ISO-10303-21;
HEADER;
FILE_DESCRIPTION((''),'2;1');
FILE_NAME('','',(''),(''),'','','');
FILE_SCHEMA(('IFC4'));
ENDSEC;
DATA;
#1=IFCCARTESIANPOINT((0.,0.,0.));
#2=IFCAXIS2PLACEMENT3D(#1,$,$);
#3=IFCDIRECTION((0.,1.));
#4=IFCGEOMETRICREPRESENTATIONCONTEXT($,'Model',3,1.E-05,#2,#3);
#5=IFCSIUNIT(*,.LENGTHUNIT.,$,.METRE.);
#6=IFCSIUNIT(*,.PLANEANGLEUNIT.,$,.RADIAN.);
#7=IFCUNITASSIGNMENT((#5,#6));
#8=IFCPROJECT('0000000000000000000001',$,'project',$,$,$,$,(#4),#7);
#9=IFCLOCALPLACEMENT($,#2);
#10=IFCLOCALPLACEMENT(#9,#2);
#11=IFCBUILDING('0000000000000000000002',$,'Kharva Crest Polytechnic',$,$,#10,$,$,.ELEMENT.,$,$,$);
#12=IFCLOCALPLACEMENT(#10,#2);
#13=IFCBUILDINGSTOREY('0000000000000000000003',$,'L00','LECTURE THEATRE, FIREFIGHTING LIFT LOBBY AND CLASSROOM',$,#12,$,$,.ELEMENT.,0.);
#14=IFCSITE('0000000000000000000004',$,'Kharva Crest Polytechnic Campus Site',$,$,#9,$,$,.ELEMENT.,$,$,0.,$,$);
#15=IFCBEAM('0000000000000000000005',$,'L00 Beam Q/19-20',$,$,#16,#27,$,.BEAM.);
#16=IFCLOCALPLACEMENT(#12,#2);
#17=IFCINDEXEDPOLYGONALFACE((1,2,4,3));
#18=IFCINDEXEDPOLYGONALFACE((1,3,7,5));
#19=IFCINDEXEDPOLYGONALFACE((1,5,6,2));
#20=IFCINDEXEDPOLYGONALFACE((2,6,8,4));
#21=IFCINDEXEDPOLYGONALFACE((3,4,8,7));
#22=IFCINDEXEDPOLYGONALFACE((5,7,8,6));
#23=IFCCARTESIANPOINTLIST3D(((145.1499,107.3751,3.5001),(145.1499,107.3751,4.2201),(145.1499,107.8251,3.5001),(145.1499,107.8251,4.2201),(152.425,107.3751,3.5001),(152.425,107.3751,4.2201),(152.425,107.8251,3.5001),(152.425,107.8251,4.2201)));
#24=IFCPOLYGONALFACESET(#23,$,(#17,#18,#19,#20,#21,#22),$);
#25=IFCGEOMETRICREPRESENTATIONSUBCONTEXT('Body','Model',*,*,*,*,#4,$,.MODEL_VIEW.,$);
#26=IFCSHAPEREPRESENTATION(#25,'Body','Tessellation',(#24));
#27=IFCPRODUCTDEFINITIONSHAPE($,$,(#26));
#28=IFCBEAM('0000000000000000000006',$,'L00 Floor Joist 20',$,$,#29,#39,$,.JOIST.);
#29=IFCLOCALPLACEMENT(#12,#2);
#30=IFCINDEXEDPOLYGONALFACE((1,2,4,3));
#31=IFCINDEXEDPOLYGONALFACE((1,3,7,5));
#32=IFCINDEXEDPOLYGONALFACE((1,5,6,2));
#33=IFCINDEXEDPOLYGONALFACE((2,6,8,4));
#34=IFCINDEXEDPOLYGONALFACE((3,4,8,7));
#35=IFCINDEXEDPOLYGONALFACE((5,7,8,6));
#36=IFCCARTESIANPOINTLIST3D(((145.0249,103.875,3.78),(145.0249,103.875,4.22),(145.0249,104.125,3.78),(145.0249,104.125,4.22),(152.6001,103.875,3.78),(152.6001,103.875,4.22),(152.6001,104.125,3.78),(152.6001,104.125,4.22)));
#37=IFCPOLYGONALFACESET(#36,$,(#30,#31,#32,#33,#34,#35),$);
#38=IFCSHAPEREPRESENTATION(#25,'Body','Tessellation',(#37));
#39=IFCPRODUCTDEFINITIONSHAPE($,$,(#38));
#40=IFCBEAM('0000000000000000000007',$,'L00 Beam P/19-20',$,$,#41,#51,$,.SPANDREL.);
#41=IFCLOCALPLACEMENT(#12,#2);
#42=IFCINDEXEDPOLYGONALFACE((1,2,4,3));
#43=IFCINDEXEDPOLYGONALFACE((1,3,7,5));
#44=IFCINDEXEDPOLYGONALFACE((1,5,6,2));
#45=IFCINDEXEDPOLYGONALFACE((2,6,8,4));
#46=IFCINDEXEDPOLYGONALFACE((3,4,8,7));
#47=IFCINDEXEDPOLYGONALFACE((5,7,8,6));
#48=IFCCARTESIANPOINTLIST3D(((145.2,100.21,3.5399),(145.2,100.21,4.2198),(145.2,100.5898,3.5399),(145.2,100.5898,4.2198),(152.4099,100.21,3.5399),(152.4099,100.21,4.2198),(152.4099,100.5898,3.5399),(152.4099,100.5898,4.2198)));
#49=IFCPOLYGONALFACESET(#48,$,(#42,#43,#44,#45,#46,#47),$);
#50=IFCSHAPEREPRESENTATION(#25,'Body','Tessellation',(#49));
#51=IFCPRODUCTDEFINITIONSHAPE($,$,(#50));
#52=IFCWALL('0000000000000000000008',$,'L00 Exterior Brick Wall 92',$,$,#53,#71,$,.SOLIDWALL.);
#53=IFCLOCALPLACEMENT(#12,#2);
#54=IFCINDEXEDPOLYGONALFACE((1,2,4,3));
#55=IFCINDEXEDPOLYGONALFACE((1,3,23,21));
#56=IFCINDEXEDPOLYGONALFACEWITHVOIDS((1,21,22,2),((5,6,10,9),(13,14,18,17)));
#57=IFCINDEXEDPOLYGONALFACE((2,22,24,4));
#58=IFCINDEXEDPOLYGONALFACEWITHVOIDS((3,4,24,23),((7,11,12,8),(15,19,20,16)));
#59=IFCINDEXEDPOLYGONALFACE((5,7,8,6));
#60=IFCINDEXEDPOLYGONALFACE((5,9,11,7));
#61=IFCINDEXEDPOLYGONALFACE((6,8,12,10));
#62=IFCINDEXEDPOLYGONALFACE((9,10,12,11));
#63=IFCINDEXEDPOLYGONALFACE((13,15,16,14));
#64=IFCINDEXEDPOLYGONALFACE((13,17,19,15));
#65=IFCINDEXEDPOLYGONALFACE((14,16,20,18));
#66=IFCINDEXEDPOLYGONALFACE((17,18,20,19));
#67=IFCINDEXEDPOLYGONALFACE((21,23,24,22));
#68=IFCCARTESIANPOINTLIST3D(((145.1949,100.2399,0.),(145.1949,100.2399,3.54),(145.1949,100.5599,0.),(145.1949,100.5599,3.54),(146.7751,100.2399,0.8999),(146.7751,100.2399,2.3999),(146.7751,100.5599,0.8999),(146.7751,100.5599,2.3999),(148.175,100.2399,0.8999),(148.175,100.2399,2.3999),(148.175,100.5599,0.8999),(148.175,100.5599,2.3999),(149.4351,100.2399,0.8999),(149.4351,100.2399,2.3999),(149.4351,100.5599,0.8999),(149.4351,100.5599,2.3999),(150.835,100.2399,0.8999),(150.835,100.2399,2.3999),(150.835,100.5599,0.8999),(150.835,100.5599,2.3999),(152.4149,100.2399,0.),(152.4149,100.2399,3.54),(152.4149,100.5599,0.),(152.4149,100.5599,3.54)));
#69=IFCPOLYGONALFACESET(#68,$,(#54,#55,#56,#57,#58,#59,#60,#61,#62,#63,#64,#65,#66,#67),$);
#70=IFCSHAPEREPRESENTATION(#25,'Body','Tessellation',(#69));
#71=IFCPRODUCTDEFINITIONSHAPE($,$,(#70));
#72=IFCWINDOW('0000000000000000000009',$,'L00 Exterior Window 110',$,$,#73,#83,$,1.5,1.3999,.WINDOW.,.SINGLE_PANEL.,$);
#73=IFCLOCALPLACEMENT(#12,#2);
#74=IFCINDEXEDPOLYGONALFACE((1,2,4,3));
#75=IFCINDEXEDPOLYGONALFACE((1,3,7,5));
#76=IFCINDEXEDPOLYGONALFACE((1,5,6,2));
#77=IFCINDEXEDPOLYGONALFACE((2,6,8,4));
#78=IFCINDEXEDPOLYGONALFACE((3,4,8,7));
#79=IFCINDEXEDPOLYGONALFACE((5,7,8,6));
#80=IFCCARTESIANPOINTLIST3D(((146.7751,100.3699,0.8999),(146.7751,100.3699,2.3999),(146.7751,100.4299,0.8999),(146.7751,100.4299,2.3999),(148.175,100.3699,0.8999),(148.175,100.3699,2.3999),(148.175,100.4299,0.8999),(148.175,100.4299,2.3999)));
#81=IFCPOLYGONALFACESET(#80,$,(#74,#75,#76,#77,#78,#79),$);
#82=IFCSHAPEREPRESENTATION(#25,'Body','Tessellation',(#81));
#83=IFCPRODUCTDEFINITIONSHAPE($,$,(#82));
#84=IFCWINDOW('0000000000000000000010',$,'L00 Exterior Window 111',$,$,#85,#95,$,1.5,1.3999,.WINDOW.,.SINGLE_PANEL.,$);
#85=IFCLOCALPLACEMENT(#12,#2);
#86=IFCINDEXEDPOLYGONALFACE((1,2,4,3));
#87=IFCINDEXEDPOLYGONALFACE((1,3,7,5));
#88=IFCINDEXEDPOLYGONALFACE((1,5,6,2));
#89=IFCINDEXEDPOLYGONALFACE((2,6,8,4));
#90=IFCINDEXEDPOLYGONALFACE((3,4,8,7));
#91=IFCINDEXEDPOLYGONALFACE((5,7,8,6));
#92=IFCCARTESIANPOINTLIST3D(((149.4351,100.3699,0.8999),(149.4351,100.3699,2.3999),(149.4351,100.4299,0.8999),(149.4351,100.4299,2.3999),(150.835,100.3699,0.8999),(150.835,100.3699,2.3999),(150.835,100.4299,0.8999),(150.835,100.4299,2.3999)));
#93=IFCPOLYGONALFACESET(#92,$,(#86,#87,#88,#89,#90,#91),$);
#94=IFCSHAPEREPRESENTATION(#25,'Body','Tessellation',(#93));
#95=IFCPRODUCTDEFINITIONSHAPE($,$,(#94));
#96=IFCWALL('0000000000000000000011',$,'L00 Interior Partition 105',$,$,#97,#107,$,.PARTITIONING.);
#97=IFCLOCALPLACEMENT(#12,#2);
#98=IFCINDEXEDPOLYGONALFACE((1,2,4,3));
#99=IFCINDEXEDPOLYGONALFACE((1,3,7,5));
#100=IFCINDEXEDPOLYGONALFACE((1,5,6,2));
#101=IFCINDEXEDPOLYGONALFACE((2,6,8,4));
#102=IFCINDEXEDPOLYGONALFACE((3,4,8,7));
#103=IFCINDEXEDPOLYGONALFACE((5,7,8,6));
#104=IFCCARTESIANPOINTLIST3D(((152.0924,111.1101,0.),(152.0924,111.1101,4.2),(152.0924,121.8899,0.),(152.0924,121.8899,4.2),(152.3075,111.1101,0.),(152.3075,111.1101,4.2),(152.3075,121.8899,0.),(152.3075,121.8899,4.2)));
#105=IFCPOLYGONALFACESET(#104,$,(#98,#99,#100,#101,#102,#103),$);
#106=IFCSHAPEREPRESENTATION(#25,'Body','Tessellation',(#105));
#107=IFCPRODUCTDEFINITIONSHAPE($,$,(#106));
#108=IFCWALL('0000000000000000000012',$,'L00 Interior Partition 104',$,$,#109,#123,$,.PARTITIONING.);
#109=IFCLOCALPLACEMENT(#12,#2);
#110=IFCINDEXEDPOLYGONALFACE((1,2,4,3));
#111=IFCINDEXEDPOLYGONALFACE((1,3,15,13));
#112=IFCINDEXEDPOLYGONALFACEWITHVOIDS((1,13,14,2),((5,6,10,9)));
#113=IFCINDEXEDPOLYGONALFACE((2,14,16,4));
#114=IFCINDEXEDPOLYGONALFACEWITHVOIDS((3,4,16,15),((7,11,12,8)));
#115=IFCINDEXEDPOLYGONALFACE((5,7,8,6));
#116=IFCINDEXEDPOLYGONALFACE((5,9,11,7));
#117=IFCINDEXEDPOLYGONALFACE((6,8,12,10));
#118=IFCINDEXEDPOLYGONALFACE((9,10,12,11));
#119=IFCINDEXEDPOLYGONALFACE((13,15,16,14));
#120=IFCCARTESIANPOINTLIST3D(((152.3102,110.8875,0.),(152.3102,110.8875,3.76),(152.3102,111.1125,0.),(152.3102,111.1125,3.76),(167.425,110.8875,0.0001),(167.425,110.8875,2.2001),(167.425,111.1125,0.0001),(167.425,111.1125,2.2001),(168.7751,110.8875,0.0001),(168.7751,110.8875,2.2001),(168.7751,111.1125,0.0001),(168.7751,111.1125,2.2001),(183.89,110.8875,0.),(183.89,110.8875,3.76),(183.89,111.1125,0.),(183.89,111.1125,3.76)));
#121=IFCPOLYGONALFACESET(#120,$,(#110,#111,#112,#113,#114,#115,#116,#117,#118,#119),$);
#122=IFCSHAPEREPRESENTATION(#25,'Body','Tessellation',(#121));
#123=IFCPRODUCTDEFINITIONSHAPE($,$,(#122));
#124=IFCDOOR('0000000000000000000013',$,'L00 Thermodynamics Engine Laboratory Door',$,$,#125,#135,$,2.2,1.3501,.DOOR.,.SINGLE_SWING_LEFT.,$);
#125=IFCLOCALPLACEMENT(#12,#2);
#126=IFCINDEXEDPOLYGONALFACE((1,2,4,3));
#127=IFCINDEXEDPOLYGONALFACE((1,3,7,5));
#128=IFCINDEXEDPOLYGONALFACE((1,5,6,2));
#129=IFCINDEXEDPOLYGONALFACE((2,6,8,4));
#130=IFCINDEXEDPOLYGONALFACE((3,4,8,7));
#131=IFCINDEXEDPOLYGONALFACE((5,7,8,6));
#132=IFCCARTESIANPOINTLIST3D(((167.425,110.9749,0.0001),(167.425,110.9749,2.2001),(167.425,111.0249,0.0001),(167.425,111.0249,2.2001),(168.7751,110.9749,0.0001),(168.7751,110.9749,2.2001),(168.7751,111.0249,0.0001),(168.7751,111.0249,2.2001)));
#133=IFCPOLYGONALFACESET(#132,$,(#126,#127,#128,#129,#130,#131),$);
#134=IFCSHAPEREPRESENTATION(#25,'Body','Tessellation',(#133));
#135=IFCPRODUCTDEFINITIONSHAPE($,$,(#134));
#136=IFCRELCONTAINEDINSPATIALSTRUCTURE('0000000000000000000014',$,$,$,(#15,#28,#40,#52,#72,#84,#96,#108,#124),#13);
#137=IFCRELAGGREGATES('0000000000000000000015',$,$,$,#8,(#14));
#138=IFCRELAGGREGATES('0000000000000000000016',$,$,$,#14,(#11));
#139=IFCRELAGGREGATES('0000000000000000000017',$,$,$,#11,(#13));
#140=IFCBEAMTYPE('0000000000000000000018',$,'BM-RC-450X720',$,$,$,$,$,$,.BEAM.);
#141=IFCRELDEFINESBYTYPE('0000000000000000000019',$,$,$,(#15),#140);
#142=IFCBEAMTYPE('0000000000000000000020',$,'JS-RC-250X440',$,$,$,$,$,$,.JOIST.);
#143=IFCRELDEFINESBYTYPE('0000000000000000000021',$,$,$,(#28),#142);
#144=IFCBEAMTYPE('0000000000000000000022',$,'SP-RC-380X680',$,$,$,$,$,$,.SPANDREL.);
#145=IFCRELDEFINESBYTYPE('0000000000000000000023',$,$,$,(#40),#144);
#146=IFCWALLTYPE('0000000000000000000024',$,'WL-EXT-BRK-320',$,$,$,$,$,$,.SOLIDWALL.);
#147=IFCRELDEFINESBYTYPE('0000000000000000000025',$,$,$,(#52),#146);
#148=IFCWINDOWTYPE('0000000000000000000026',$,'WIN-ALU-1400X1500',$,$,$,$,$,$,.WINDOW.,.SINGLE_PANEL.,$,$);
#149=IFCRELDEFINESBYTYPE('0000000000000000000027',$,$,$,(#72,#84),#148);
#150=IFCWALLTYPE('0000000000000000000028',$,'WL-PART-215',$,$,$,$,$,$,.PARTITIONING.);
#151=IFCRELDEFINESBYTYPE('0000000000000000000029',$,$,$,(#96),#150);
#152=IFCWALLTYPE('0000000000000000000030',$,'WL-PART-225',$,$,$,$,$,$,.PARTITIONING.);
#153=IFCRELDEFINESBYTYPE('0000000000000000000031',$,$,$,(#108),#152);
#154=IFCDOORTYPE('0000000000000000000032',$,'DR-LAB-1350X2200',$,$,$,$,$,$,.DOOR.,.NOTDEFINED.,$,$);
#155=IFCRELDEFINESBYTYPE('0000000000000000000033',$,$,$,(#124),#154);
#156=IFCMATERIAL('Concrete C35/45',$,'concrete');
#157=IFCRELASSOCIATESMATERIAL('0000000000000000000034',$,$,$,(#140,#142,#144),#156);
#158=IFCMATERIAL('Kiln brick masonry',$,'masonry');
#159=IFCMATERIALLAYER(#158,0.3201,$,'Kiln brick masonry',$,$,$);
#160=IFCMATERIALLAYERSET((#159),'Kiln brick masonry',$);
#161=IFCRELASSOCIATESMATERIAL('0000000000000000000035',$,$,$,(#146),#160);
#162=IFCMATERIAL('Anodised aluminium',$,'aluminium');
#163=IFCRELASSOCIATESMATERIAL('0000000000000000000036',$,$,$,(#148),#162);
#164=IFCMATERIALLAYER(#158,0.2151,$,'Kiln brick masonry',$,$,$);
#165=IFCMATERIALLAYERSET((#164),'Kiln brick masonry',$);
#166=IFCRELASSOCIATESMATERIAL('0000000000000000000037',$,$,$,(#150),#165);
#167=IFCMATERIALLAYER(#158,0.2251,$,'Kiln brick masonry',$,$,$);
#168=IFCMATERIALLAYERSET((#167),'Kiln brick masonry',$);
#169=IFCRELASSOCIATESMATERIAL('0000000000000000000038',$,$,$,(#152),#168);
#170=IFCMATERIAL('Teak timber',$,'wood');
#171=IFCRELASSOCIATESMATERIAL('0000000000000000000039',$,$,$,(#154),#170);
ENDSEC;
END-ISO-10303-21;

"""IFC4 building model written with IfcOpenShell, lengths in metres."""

from ifc_helpers import new_model, si_unit, direction, frame, frame_2d, origin, origin_2d, place, context, subcontext, project, spatial, rectangle, extrude, material, layer, layer_set, material_profile, profile_set, type_object, element, fill, save


model = new_model("IFC4")

# Units and contexts
model_context = context("Model", 3, precision=1e-05, world=origin(), true_north=direction((0.0, 1.0)))
body_context = subcontext(model_context, "Body", "Model", "MODEL_VIEW")
ifc_project = project(units=[si_unit("LENGTHUNIT", "METRE"), si_unit("PLANEANGLEUNIT", "RADIAN")], contexts=[model_context])

# Site, building, storey
site_placement = place(None, origin())
site = spatial("IfcSite", under=ifc_project, at=site_placement, Name="Kharva Crest Polytechnic Campus Site", CompositionType="ELEMENT", RefElevation=0.0)
building_placement = place(site_placement, origin())
building = spatial("IfcBuilding", under=site, at=building_placement, Name="Kharva Crest Polytechnic", CompositionType="ELEMENT")
storey_placement = place(building_placement, origin())
storey = spatial("IfcBuildingStorey", under=building, at=storey_placement, Name="L00", Description="LECTURE THEATRE, FIREFIGHTING LIFT LOBBY AND CLASSROOM", CompositionType="ELEMENT", Elevation=0.0)

# Shared definitions
ifc_material_1 = material(Name="Concrete C35/45", Category="concrete")

# Beams
ifc_material_profile_1 = material_profile(ifc_material_1, rectangle(XDim=0.45, YDim=0.72, at=origin_2d()), Name="RECT 450 X 720")
ifc_profile_set_1 = profile_set([ifc_material_profile_1], Name="Concrete C35/45")
beam_type_1 = type_object("IfcBeamType", Name="BM-RC-450X720", PredefinedType="BEAM", material=ifc_profile_set_1)
beam_1_placement = place(storey_placement, frame((145.1499, 107.6001, 3.8601), z_axis=(1.0, 0.0, 0.0), x_axis=(0.0, 1.0, 0.0)))
element("IfcBeam", 1, at=beam_1_placement, inside=storey, type_object=beam_type_1, Name="L00 Beam Q/19-20", PredefinedType="BEAM", context=body_context, shape_type="SweptSolid", body=[
    extrude(rectangle(XDim=0.45, YDim=0.72, at=origin_2d()), origin(), (0.0, 0.0, 1.0), 7.2751),
])
ifc_material_profile_2 = material_profile(ifc_material_1, rectangle(XDim=0.25, YDim=0.4399, at=origin_2d()), Name="RECT 250 X 440")
ifc_profile_set_2 = profile_set([ifc_material_profile_2], Name="Concrete C35/45")
beam_type_2 = type_object("IfcBeamType", Name="JS-RC-250X440", PredefinedType="JOIST", material=ifc_profile_set_2)
beam_2_placement = place(storey_placement, frame((145.0249, 104.0, 4.0), z_axis=(1.0, 0.0, 0.0), x_axis=(0.0, 1.0, 0.0)))
element("IfcBeam", 2, at=beam_2_placement, inside=storey, type_object=beam_type_2, Name="L00 Floor Joist 20", PredefinedType="JOIST", context=body_context, shape_type="SweptSolid", body=[
    extrude(rectangle(XDim=0.25, YDim=0.4399, at=origin_2d()), origin(), (0.0, 0.0, 1.0), 7.5752),
])
ifc_material_profile_3 = material_profile(ifc_material_1, rectangle(XDim=0.3799, YDim=0.6799, at=origin_2d()), Name="RECT 380 X 680")
ifc_profile_set_3 = profile_set([ifc_material_profile_3], Name="Concrete C35/45")
beam_type_3 = type_object("IfcBeamType", Name="SP-RC-380X680", PredefinedType="SPANDREL", material=ifc_profile_set_3)
beam_3_placement = place(storey_placement, frame((145.2, 100.3999, 3.8799), z_axis=(1.0, 0.0, 0.0), x_axis=(0.0, 1.0, 0.0)))
element("IfcBeam", 3, at=beam_3_placement, inside=storey, type_object=beam_type_3, Name="L00 Beam P/19-20", PredefinedType="SPANDREL", context=body_context, shape_type="SweptSolid", body=[
    extrude(rectangle(XDim=0.3799, YDim=0.6799, at=origin_2d()), origin(), (0.0, 0.0, 1.0), 7.21),
])

# Wall, openings, windows
ifc_material_2 = material(Name="Kiln brick masonry", Category="masonry")
ifc_layer_1 = layer(ifc_material_2, 0.3201, Name="Kiln brick masonry")
ifc_layer_set_1 = layer_set([ifc_layer_1], Name="Kiln brick masonry")
wall_type_1 = type_object("IfcWallType", Name="WL-EXT-BRK-320", PredefinedType="SOLIDWALL", material=ifc_layer_set_1)
wall_1_placement = place(storey_placement, frame((145.1951, 100.3999, 0.0), z_axis=(0.0, 0.0, 1.0), x_axis=(1.0, 0.0, 0.0)))
wall_1 = element("IfcWall", 4, at=wall_1_placement, inside=storey, type_object=wall_type_1, Name="L00 Exterior Brick Wall 92", PredefinedType="SOLIDWALL", context=body_context, shape_type="SweptSolid", body=[
    extrude(rectangle(XDim=7.22, YDim=0.3201, at=frame_2d((3.6099, 0.0))), origin(), (0.0, 0.0, 1.0), 3.54),
])
opening_1_placement = place(wall_1_placement, frame((1.5801, 0.0, 0.8999)))
opening_1 = element("IfcOpeningElement", 5, at=opening_1_placement, cuts=wall_1, PredefinedType="OPENING", context=body_context, shape_type="SweptSolid", body=[
    extrude(rectangle(XDim=1.3999, YDim=1.5, at=frame_2d((0.7, 0.75))), frame((0.0, 0.1699, 0.0), z_axis=(0.0, -1.0, 0.0), x_axis=(1.0, 0.0, 0.0)), (0.0, 0.0, 1.0), 0.3401),
])
opening_2_placement = place(wall_1_placement, frame((4.24, 0.0, 0.8999)))
opening_2 = element("IfcOpeningElement", 6, at=opening_2_placement, cuts=wall_1, PredefinedType="OPENING", context=body_context, shape_type="SweptSolid", body=[
    extrude(rectangle(XDim=1.3999, YDim=1.5, at=frame_2d((0.7, 0.75))), frame((0.0, 0.1699, 0.0), z_axis=(0.0, -1.0, 0.0), x_axis=(1.0, 0.0, 0.0)), (0.0, 0.0, 1.0), 0.3401),
])
ifc_material_3 = material(Name="Anodised aluminium", Category="aluminium")
window_type = type_object("IfcWindowType", Name="WIN-ALU-1400X1500", PartitioningType="SINGLE_PANEL", PredefinedType="WINDOW", material=ifc_material_3)
window_1_placement = place(opening_1_placement, origin())
window_1 = element("IfcWindow", 7, at=window_1_placement, inside=storey, type_object=window_type, Name="L00 Exterior Window 110", OverallHeight=1.5, OverallWidth=1.3999, PartitioningType="SINGLE_PANEL", PredefinedType="WINDOW", context=body_context, shape_type="SweptSolid", body=[
    extrude(rectangle(XDim=1.3999, YDim=1.5, at=frame_2d((0.7, 0.75))), frame((0.0, 0.03, 0.0), z_axis=(0.0, -1.0, 0.0), x_axis=(1.0, 0.0, 0.0)), (0.0, 0.0, 1.0), 0.0601),
])
fill(opening_1, window_1)
window_2_placement = place(opening_2_placement, origin())
window_2 = element("IfcWindow", 8, at=window_2_placement, inside=storey, type_object=window_type, Name="L00 Exterior Window 111", OverallHeight=1.5, OverallWidth=1.3999, PartitioningType="SINGLE_PANEL", PredefinedType="WINDOW", context=body_context, shape_type="SweptSolid", body=[
    extrude(rectangle(XDim=1.3999, YDim=1.5, at=frame_2d((0.7, 0.75))), frame((0.0, 0.03, 0.0), z_axis=(0.0, -1.0, 0.0), x_axis=(1.0, 0.0, 0.0)), (0.0, 0.0, 1.0), 0.0601),
])
fill(opening_2, window_2)

# Wall
ifc_layer_2 = layer(ifc_material_2, 0.2151, Name="Kiln brick masonry")
ifc_layer_set_2 = layer_set([ifc_layer_2], Name="Kiln brick masonry")
wall_type_2 = type_object("IfcWallType", Name="WL-PART-215", PredefinedType="PARTITIONING", material=ifc_layer_set_2)
wall_2_placement = place(storey_placement, frame((152.2, 111.1101, 0.0), z_axis=(0.0, 0.0, 1.0), x_axis=(0.0, 1.0, 0.0)))
element("IfcWall", 9, at=wall_2_placement, inside=storey, type_object=wall_type_2, Name="L00 Interior Partition 105", PredefinedType="PARTITIONING", context=body_context, shape_type="SweptSolid", body=[
    extrude(rectangle(XDim=10.7798, YDim=0.2151, at=frame_2d((5.3899, 0.0))), origin(), (0.0, 0.0, 1.0), 4.2),
])

# Wall, opening, door
ifc_layer_3 = layer(ifc_material_2, 0.2251, Name="Kiln brick masonry")
ifc_layer_set_3 = layer_set([ifc_layer_3], Name="Kiln brick masonry")
wall_type_3 = type_object("IfcWallType", Name="WL-PART-225", PredefinedType="PARTITIONING", material=ifc_layer_set_3)
wall_3_placement = place(storey_placement, frame((152.3101, 111.0, 0.0), z_axis=(0.0, 0.0, 1.0), x_axis=(1.0, 0.0, 0.0)))
wall_3 = element("IfcWall", 10, at=wall_3_placement, inside=storey, type_object=wall_type_3, Name="L00 Interior Partition 104", PredefinedType="PARTITIONING", context=body_context, shape_type="SweptSolid", body=[
    extrude(rectangle(XDim=31.5798, YDim=0.2251, at=frame_2d((15.79, 0.0))), origin(), (0.0, 0.0, 1.0), 3.76),
])
opening_3_placement = place(wall_3_placement, frame((15.115, 0.0, 0.0)))
opening_3 = element("IfcOpeningElement", 11, at=opening_3_placement, cuts=wall_3, PredefinedType="OPENING", context=body_context, shape_type="SweptSolid", body=[
    extrude(rectangle(XDim=1.3501, YDim=2.2, at=frame_2d((0.675, 1.1001))), frame((0.0, 0.1226, 0.0), z_axis=(0.0, -1.0, 0.0), x_axis=(1.0, 0.0, 0.0)), (0.0, 0.0, 1.0), 0.2451),
])
ifc_material_4 = material(Name="Teak timber", Category="wood")
door_type = type_object("IfcDoorType", Name="DR-LAB-1350X2200", OperationType="NOTDEFINED", PredefinedType="DOOR", material=ifc_material_4)
door_placement = place(opening_3_placement, origin())
door = element("IfcDoor", 12, at=door_placement, inside=storey, type_object=door_type, Name="L00 Thermodynamics Engine Laboratory Door", OperationType="SINGLE_SWING_LEFT", OverallHeight=2.2, OverallWidth=1.3501, PredefinedType="DOOR", context=body_context, shape_type="SweptSolid", body=[
    extrude(rectangle(XDim=1.3501, YDim=2.2, at=frame_2d((0.675, 1.1001))), frame((0.0, 0.0249, 0.0), z_axis=(0.0, -1.0, 0.0), x_axis=(1.0, 0.0, 0.0)), (0.0, 0.0, 1.0), 0.05),
])
fill(opening_3, door)

save(model, "model.ifc")
